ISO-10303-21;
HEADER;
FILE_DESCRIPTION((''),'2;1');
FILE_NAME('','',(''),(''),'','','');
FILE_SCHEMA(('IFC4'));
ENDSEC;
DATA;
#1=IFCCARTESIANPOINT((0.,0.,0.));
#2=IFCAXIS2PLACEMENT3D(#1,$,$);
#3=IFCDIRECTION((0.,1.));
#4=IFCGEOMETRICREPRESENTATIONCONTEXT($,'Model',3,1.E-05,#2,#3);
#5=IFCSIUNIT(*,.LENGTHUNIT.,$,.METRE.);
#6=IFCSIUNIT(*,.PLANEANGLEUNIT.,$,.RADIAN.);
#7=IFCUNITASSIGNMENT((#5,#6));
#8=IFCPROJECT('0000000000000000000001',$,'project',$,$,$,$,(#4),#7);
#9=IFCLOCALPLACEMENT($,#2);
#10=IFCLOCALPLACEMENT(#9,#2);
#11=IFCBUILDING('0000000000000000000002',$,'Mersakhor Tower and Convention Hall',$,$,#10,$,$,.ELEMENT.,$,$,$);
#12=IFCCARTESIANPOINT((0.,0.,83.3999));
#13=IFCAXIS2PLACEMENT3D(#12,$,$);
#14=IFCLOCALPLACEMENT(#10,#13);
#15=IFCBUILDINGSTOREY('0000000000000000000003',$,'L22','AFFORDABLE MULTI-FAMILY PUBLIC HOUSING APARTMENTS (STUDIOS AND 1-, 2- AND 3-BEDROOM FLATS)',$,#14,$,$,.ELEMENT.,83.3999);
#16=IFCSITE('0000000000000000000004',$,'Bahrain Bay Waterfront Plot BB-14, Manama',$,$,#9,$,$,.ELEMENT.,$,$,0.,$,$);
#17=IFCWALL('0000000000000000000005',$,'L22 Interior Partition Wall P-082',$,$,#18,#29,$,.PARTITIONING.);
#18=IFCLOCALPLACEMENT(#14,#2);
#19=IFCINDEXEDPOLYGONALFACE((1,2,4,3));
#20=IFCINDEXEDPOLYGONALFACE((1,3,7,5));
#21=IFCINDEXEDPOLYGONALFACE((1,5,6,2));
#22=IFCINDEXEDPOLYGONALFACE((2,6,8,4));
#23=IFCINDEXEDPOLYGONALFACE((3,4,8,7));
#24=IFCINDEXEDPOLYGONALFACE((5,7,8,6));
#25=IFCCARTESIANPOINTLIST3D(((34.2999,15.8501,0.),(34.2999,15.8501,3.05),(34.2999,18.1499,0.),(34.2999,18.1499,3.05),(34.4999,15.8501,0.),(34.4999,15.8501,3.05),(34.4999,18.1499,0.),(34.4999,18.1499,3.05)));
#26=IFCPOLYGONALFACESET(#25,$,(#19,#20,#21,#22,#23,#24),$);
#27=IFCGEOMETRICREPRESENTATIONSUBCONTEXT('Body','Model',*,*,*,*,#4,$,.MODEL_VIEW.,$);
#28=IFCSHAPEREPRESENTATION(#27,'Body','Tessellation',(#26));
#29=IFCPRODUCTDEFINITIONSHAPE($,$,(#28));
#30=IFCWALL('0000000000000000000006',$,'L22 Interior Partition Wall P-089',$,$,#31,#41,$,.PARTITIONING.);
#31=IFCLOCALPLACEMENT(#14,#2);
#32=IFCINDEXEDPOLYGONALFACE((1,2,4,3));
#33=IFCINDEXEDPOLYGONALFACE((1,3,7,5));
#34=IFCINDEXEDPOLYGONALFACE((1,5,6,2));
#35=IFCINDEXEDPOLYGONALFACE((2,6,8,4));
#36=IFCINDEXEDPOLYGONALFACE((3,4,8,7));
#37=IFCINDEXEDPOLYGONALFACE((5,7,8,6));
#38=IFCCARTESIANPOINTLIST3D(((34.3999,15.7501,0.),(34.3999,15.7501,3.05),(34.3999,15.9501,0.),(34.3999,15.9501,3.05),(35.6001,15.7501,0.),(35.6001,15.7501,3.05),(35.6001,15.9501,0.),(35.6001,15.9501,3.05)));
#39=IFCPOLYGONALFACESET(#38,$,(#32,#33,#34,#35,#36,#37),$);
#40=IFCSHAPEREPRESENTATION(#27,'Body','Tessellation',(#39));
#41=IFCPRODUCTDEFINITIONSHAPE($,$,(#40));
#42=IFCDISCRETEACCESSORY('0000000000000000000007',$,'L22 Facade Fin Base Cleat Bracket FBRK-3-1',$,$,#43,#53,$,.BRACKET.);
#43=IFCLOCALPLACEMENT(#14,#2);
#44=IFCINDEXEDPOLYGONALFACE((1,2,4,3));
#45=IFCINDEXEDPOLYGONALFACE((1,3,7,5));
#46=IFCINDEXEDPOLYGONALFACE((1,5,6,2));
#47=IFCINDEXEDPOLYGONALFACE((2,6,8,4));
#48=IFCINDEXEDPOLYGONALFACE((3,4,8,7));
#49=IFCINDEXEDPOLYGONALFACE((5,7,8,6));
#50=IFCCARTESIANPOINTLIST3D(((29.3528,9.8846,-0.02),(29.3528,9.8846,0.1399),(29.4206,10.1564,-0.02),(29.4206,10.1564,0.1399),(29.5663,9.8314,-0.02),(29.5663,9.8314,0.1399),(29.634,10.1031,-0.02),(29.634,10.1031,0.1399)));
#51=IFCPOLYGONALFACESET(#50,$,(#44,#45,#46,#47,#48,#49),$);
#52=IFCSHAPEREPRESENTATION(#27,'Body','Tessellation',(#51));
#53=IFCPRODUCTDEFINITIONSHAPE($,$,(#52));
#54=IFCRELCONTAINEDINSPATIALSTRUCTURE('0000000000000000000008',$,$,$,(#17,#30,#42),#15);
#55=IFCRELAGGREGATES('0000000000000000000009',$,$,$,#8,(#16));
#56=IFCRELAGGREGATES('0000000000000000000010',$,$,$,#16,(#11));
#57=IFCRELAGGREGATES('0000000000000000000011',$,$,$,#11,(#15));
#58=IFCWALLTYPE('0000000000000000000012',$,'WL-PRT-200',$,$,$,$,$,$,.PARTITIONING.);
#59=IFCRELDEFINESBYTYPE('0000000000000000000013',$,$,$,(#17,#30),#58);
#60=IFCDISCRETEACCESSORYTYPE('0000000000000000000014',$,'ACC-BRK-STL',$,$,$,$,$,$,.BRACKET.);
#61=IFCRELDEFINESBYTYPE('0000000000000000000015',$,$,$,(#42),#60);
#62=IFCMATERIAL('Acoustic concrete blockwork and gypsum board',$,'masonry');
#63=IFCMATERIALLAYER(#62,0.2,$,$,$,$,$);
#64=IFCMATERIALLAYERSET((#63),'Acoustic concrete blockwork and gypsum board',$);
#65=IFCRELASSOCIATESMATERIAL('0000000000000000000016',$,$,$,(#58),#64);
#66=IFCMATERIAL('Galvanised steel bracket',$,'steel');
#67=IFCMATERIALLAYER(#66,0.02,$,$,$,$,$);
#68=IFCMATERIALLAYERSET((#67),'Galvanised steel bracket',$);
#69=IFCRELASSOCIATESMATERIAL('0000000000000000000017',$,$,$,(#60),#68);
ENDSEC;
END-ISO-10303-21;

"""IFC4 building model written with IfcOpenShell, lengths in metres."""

from ifc_helpers import new_model, si_unit, direction, frame, frame_2d, origin, origin_2d, place, context, subcontext, project, spatial, rectangle, extrude, material, layer, layer_set, type_object, element, save


model = new_model("IFC4")

# Units and contexts
model_context = context("Model", 3, precision=1e-05, world=origin(), true_north=direction((0.0, 1.0)))
body_context = subcontext(model_context, "Body", "Model", "MODEL_VIEW")
ifc_project = project(units=[si_unit("LENGTHUNIT", "METRE"), si_unit("PLANEANGLEUNIT", "RADIAN")], contexts=[model_context])

# Site, building, storey
site_placement = place(None, origin())
site = spatial("IfcSite", under=ifc_project, at=site_placement, Name="Bahrain Bay Waterfront Plot BB-14, Manama", CompositionType="ELEMENT", RefElevation=0.0)
building_placement = place(site_placement, origin())
building = spatial("IfcBuilding", under=site, at=building_placement, Name="Mersakhor Tower and Convention Hall", CompositionType="ELEMENT")
storey_placement = place(building_placement, frame((0.0, 0.0, 83.3999)))
storey = spatial("IfcBuildingStorey", under=building, at=storey_placement, Name="L22", Description="AFFORDABLE MULTI-FAMILY PUBLIC HOUSING APARTMENTS (STUDIOS AND 1-, 2- AND 3-BEDROOM FLATS)", CompositionType="ELEMENT", Elevation=83.3999)

# Walls
ifc_material_1 = material(Name="Acoustic concrete blockwork and gypsum board", Category="masonry")
ifc_layer_1 = layer(ifc_material_1, 0.2)
ifc_layer_set_1 = layer_set([ifc_layer_1], Name="Acoustic concrete blockwork and gypsum board")
wall_type_1 = type_object("IfcWallType", Name="WL-PRT-200", PredefinedType="PARTITIONING", material=ifc_layer_set_1)
wall_1_placement = place(storey_placement, frame((34.3999, 18.1499, 0.0), z_axis=(0.0, 0.0, 1.0), x_axis=(0.0, -1.0, 0.0)))
element("IfcWall", 1, at=wall_1_placement, inside=storey, type_object=wall_type_1, Name="L22 Interior Partition Wall P-082", PredefinedType="PARTITIONING", context=body_context, shape_type="SweptSolid", body=[
    extrude(rectangle(XDim=2.2998, YDim=0.2, at=frame_2d((1.1499, 0.0))), origin(), (0.0, 0.0, 1.0), 3.05),
])
wall_2_placement = place(storey_placement, frame((35.6001, 15.8501, 0.0), z_axis=(0.0, 0.0, 1.0), x_axis=(-1.0, 0.0, 0.0)))
element("IfcWall", 2, at=wall_2_placement, inside=storey, type_object=wall_type_1, Name="L22 Interior Partition Wall P-089", PredefinedType="PARTITIONING", context=body_context, shape_type="SweptSolid", body=[
    extrude(rectangle(XDim=1.2002, YDim=0.2, at=frame_2d((0.6001, 0.0))), origin(), (0.0, 0.0, 1.0), 3.05),
])

# Discrete accessory
ifc_material_2 = material(Name="Galvanised steel bracket", Category="steel")
ifc_layer_2 = layer(ifc_material_2, 0.02)
ifc_layer_set_2 = layer_set([ifc_layer_2], Name="Galvanised steel bracket")
discrete_accessory_type = type_object("IfcDiscreteAccessoryType", Name="ACC-BRK-STL", PredefinedType="BRACKET", material=ifc_layer_set_2)
discrete_accessory_placement = place(storey_placement, frame((29.4934, 9.9939, -0.02), z_axis=(0.0, 0.0, 1.0), x_axis=(-0.241922, -0.970296, 0.0)))
element("IfcDiscreteAccessory", 3, at=discrete_accessory_placement, inside=storey, type_object=discrete_accessory_type, Name="L22 Facade Fin Base Cleat Bracket FBRK-3-1", PredefinedType="BRACKET", context=body_context, shape_type="SweptSolid", body=[
    extrude(rectangle(XDim=0.28, YDim=0.22, at=origin_2d()), origin(), (0.0, 0.0, 1.0), 0.1599),
])

save(model, "model.ifc")
